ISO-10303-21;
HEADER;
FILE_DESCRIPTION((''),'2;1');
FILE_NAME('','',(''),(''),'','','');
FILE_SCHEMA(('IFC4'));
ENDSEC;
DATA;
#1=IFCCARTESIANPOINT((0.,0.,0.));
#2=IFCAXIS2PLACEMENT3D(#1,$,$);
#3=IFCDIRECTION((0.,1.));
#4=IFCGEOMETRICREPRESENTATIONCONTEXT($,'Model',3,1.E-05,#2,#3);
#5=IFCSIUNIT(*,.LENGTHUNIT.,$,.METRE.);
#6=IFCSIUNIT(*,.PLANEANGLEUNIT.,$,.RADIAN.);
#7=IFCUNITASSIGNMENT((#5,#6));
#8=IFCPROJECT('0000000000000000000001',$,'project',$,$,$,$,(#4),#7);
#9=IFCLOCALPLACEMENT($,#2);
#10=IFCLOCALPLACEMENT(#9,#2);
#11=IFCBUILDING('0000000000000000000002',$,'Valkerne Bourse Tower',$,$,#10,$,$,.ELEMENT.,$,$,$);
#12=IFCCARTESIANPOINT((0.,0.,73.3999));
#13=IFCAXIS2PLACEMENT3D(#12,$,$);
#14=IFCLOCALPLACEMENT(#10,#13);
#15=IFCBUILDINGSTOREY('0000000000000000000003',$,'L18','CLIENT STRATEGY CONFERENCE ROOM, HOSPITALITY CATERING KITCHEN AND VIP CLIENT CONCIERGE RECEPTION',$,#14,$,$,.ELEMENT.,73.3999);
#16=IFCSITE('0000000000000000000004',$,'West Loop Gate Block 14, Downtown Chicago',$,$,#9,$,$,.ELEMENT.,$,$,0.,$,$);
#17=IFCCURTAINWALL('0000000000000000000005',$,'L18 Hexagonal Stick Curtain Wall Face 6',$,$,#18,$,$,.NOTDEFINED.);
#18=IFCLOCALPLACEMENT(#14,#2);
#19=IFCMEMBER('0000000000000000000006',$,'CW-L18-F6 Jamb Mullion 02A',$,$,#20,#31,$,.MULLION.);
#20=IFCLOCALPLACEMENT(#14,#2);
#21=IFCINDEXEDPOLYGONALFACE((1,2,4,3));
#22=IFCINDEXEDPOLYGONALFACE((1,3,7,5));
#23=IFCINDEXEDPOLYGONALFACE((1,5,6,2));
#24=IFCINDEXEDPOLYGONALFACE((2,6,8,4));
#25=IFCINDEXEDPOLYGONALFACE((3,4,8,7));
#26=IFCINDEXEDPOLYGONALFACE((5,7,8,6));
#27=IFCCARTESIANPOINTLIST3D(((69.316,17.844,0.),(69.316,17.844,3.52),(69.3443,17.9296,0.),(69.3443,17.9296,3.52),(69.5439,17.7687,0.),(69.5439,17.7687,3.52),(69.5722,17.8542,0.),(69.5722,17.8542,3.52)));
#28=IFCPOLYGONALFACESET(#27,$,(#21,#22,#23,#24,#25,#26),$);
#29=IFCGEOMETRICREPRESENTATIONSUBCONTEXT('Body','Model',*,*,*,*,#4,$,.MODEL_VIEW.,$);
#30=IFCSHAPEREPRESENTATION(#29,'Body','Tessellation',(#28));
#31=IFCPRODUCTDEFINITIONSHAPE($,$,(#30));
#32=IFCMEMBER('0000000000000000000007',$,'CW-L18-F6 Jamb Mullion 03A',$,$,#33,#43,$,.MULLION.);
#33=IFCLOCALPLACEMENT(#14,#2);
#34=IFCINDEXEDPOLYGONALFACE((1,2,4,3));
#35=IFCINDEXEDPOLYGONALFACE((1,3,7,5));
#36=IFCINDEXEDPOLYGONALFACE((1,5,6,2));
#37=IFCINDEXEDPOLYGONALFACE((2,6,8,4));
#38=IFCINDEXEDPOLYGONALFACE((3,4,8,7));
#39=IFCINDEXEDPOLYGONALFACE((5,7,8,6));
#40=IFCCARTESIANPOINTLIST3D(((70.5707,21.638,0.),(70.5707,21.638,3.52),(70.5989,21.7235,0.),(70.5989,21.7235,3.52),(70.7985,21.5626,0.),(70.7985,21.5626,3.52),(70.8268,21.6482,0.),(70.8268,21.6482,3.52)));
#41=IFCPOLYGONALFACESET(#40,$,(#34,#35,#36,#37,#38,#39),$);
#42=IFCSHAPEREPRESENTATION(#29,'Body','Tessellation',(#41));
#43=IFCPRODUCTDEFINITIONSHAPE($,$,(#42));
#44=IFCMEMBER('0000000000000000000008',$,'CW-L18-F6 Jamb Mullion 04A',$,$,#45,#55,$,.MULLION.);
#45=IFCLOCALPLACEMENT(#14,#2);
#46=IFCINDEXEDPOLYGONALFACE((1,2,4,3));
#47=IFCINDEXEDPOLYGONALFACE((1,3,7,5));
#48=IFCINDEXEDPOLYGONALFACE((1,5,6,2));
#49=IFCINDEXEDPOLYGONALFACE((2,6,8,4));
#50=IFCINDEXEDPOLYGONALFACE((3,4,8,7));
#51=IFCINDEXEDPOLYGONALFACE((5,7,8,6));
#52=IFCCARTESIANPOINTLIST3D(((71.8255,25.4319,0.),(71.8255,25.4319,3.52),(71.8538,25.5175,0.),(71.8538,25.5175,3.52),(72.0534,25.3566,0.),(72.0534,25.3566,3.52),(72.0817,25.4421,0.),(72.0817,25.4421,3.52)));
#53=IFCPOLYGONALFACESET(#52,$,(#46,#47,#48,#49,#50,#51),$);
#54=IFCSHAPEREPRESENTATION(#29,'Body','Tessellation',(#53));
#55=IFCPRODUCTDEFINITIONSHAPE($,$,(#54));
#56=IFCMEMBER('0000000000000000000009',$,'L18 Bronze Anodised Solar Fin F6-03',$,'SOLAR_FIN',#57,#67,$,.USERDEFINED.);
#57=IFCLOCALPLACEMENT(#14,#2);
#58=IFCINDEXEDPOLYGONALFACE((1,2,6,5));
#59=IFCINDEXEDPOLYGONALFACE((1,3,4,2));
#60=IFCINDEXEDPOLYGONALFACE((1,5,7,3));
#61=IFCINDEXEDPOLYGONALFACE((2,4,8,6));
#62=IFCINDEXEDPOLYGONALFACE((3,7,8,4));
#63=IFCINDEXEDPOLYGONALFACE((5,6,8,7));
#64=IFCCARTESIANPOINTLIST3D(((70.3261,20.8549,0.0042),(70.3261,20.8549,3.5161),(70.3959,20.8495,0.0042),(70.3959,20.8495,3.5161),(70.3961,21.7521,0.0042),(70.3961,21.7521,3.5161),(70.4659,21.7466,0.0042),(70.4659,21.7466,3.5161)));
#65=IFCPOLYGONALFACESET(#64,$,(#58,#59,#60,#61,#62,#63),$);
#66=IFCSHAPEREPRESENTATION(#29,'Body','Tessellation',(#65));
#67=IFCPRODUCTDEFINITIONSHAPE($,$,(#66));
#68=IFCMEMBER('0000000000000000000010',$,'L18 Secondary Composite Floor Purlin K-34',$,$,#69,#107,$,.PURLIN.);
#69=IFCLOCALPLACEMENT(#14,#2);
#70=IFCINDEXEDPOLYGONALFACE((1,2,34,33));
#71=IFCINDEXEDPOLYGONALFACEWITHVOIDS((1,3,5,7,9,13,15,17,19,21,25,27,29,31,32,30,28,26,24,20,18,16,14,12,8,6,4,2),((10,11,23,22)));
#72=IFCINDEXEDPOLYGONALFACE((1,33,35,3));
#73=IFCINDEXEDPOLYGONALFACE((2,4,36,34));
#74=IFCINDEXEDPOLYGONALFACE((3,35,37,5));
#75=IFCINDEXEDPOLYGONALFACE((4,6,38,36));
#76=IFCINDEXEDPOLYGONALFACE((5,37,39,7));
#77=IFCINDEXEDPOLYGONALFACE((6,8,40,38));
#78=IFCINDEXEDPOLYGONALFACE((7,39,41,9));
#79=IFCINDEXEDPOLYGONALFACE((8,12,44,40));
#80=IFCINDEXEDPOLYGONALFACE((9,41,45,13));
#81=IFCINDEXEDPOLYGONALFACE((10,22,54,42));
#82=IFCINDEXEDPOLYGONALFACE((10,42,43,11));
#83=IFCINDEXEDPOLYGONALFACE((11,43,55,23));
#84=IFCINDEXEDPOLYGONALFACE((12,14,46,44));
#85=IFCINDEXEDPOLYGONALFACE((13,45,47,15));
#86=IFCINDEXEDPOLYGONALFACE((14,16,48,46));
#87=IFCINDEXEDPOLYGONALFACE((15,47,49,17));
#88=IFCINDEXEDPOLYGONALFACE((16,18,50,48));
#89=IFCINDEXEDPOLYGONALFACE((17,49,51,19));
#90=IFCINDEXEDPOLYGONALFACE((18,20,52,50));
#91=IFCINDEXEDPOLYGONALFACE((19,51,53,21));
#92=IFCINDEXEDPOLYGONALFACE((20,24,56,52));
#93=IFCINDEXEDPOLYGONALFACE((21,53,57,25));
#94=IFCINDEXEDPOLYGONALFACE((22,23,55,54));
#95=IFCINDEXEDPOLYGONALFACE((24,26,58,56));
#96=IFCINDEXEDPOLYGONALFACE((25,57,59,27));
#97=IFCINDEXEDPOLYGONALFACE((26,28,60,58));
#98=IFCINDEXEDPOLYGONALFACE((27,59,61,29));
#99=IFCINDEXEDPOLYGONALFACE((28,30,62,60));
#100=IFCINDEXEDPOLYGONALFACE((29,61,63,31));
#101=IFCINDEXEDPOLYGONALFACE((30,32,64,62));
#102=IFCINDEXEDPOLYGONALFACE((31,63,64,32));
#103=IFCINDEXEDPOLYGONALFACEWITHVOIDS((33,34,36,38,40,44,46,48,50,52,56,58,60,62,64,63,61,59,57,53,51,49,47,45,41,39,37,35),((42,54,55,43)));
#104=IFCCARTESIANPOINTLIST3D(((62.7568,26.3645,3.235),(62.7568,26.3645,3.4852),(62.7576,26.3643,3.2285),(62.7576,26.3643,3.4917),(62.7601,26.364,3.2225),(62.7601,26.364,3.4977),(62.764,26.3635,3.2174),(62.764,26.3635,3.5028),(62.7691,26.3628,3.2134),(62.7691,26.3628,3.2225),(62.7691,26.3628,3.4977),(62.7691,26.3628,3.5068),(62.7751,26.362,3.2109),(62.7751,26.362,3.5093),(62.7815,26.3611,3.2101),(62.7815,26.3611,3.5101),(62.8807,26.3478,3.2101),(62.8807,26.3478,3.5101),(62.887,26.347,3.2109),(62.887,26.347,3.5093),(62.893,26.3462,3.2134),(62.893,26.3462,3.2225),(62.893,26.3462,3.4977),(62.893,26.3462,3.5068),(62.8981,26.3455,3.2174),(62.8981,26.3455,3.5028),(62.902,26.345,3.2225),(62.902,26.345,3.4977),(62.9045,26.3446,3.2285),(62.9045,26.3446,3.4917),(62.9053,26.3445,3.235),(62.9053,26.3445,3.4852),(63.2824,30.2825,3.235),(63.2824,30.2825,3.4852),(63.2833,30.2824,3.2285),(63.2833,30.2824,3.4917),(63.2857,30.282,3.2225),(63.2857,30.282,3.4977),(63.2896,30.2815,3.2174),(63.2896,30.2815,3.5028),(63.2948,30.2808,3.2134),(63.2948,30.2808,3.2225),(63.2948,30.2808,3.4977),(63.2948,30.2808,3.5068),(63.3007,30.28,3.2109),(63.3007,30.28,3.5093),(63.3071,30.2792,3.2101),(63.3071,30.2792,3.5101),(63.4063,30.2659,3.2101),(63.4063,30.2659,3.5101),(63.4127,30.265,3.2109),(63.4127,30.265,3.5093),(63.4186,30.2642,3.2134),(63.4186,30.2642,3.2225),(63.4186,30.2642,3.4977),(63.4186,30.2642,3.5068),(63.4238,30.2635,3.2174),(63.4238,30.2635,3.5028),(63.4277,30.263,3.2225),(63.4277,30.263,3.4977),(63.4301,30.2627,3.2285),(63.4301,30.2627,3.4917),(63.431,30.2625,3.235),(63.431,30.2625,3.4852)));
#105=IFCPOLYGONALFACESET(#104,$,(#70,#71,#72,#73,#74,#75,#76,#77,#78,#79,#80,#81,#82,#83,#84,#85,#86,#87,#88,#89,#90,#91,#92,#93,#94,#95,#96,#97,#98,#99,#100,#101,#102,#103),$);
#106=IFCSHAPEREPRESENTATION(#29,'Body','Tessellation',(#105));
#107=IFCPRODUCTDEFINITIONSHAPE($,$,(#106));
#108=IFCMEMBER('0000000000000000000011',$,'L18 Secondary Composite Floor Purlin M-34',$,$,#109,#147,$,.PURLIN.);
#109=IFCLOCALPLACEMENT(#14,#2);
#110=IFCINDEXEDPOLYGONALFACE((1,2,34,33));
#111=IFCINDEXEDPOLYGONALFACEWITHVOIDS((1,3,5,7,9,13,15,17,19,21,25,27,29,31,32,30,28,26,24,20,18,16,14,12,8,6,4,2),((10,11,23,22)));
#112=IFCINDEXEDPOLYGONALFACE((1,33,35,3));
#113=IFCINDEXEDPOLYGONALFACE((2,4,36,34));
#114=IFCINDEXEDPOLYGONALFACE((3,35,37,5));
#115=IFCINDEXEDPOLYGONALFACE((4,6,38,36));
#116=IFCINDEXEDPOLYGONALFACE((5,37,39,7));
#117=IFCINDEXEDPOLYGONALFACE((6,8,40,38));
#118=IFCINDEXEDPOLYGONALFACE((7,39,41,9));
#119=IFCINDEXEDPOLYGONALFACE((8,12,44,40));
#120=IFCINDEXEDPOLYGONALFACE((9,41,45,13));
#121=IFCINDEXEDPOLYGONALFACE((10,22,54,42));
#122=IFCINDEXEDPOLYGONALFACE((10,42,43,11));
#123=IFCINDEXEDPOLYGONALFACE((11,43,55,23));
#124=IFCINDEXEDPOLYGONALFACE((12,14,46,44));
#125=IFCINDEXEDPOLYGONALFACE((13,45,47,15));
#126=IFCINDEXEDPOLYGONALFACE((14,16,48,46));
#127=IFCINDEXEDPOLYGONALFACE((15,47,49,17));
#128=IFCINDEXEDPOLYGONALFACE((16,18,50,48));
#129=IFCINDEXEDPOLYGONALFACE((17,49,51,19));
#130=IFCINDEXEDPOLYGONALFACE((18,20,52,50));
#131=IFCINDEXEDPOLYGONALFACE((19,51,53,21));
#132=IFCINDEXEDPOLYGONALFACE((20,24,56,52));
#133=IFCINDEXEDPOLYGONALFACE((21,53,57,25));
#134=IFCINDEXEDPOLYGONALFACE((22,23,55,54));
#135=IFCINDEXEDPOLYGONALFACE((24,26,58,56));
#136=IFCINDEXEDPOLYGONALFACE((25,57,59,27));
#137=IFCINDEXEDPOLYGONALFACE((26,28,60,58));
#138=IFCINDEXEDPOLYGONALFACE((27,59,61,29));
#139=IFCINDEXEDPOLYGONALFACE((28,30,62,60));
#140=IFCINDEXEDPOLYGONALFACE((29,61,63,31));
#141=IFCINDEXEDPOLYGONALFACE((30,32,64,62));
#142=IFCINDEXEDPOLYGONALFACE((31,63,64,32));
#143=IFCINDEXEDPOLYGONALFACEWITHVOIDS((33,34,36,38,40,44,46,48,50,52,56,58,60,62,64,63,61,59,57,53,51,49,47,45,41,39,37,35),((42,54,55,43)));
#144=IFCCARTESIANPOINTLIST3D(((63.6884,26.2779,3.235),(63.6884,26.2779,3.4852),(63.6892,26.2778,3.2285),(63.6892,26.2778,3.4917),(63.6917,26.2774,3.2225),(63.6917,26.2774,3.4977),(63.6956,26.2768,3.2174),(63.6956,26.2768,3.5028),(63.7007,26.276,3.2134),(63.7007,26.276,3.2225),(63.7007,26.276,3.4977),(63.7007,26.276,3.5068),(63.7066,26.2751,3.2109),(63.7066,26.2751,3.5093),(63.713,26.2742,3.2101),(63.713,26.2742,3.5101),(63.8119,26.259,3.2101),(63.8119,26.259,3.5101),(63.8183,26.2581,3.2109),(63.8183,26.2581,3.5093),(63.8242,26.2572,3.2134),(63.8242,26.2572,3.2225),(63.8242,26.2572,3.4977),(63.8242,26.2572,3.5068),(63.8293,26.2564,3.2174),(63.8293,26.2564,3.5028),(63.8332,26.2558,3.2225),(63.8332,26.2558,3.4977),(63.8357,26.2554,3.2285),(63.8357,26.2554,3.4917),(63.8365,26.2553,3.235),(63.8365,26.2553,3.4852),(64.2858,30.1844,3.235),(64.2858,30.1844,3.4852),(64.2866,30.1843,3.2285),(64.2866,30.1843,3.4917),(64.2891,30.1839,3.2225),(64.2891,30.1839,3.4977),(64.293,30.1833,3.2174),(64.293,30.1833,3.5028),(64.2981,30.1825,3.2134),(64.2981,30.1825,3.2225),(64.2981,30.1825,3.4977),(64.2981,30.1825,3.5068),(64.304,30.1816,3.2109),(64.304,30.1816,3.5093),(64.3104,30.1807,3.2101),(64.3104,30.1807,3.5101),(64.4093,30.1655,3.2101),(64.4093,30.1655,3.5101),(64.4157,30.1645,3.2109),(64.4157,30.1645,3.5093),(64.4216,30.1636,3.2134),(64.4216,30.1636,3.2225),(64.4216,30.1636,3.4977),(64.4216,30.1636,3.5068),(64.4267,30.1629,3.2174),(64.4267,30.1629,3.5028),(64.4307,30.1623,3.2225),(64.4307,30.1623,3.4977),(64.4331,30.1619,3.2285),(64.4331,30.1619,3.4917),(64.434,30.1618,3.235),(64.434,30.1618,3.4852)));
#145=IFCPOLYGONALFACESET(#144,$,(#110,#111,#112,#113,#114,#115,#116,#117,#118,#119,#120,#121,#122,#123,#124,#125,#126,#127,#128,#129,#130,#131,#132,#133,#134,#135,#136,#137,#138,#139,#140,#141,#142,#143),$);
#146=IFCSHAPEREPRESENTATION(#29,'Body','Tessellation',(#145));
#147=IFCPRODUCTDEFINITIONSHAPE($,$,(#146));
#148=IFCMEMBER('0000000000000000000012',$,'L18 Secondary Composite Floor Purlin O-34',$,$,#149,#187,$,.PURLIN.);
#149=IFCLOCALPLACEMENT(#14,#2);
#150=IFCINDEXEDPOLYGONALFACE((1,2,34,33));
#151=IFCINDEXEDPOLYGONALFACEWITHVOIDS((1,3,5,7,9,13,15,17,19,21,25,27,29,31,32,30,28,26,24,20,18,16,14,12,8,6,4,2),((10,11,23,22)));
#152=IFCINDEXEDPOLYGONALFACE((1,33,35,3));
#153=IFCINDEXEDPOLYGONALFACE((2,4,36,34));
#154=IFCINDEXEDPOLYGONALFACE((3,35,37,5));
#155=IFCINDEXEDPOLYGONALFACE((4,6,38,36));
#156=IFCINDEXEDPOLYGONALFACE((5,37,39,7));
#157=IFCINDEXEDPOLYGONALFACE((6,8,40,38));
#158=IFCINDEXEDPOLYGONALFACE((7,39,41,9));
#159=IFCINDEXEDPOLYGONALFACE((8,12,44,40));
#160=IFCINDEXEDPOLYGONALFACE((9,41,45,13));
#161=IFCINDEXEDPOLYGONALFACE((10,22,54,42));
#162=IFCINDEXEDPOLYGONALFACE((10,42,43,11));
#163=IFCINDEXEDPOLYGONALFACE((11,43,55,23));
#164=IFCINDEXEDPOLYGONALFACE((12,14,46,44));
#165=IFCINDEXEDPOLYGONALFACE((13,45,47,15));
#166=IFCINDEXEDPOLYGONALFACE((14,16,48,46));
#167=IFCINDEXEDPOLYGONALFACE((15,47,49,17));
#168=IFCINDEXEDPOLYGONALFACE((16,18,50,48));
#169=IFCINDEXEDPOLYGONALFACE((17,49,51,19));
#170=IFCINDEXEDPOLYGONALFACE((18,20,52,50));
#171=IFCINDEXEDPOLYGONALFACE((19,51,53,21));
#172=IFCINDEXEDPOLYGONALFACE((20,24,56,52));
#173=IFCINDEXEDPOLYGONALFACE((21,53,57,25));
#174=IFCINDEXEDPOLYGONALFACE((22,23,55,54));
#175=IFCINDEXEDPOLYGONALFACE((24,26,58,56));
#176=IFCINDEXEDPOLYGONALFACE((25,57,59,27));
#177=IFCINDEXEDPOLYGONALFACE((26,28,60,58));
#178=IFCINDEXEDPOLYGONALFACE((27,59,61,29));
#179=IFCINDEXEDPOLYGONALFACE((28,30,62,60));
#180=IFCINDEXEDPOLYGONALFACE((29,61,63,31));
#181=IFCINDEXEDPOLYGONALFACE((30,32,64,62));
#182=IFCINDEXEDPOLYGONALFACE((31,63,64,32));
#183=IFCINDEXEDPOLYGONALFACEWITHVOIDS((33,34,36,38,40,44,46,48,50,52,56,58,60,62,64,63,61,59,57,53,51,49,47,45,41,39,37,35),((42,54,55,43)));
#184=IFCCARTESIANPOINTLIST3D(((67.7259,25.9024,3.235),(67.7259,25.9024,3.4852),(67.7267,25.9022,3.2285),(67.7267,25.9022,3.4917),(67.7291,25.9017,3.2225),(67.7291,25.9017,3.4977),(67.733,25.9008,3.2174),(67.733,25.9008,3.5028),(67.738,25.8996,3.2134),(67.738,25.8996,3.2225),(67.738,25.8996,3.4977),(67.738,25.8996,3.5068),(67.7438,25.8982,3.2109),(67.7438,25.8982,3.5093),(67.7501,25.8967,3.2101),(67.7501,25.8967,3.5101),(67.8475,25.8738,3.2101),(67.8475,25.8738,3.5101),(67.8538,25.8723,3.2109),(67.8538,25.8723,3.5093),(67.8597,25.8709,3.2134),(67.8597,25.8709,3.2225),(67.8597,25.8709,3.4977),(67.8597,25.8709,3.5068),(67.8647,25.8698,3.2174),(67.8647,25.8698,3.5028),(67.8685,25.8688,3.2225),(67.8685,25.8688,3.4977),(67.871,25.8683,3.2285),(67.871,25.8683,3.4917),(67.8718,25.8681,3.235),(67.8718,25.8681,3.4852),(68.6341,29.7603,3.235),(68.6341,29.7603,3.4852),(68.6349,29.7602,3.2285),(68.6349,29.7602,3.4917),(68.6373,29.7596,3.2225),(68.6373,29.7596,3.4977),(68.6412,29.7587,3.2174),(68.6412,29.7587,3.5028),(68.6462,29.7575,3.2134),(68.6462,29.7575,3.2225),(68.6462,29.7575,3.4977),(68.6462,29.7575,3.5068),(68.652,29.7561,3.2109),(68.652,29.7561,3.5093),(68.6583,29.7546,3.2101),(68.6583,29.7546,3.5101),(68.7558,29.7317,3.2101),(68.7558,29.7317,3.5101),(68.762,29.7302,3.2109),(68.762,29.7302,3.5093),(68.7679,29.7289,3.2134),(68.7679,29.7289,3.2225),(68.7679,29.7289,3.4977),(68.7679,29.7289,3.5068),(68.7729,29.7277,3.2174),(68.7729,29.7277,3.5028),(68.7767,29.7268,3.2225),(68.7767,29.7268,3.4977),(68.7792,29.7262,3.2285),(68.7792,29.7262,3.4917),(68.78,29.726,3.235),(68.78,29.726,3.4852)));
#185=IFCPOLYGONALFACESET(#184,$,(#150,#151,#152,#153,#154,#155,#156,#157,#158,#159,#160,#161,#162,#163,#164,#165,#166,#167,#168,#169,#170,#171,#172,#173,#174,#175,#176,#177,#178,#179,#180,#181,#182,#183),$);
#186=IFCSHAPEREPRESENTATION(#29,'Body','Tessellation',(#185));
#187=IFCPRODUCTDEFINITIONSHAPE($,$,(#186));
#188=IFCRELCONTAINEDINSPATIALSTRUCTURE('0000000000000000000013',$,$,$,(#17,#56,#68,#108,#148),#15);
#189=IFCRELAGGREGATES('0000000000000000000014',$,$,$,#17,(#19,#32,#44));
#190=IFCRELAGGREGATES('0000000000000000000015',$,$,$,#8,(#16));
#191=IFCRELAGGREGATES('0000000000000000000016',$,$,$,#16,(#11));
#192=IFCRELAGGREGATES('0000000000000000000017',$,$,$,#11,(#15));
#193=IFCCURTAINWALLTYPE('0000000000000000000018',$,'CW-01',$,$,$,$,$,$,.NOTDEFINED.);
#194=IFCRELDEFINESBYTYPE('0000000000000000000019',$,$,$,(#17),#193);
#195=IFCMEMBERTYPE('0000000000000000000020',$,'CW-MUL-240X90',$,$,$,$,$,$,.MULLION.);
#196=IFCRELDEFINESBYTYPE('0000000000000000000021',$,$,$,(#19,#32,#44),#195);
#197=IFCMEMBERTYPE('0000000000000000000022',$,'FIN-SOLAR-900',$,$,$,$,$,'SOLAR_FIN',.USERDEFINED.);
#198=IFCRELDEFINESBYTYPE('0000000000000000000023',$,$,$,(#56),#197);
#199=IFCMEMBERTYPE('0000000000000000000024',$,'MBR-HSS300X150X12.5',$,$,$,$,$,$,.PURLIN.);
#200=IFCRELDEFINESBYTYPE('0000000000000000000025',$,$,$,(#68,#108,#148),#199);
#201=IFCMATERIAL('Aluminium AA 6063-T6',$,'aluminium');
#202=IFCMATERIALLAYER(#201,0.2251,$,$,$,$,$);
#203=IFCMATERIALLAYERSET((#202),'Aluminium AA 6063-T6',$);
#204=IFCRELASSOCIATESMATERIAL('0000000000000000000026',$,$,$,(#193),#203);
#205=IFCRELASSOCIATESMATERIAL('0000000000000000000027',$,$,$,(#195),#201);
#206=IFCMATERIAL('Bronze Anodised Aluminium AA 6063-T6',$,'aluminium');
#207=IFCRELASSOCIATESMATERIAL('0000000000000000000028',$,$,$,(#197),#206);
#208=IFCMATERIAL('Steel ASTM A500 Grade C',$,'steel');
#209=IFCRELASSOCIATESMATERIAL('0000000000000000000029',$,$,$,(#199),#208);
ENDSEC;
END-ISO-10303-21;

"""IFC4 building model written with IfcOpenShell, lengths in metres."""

from ifc_helpers import new_model, si_unit, direction, frame, origin, origin_2d, place, context, subcontext, project, spatial, rectangle, hollow_rectangle, extrude, material, layer, layer_set, material_profile, profile_set, type_object, element, aggregate, save


model = new_model("IFC4")

# Units and contexts
model_context = context("Model", 3, precision=1e-05, world=origin(), true_north=direction((0.0, 1.0)))
body_context = subcontext(model_context, "Body", "Model", "MODEL_VIEW")
ifc_project = project(units=[si_unit("LENGTHUNIT", "METRE"), si_unit("PLANEANGLEUNIT", "RADIAN")], contexts=[model_context])

# Site, building, storey
site_placement = place(None, origin())
site = spatial("IfcSite", under=ifc_project, at=site_placement, Name="West Loop Gate Block 14, Downtown Chicago", CompositionType="ELEMENT", RefElevation=0.0)
building_placement = place(site_placement, origin())
building = spatial("IfcBuilding", under=site, at=building_placement, Name="Valkerne Bourse Tower", CompositionType="ELEMENT")
storey_placement = place(building_placement, frame((0.0, 0.0, 73.3999)))
storey = spatial("IfcBuildingStorey", under=building, at=storey_placement, Name="L18", Description="CLIENT STRATEGY CONFERENCE ROOM, HOSPITALITY CATERING KITCHEN AND VIP CLIENT CONCIERGE RECEPTION", CompositionType="ELEMENT", Elevation=73.3999)

# Curtain wall, members
ifc_material_1 = material(Name="Aluminium AA 6063-T6", Category="aluminium")
ifc_layer_1 = layer(ifc_material_1, 0.2251)
ifc_layer_set_1 = layer_set([ifc_layer_1], Name="Aluminium AA 6063-T6")
curtain_wall_type = type_object("IfcCurtainWallType", Name="CW-01", PredefinedType="NOTDEFINED", material=ifc_layer_set_1)
curtain_wall_placement = place(storey_placement, origin())
curtain_wall = element("IfcCurtainWall", 1, at=curtain_wall_placement, inside=storey, type_object=curtain_wall_type, Name="L18 Hexagonal Stick Curtain Wall Face 6", PredefinedType="NOTDEFINED")
ifc_material_profile_1 = material_profile(ifc_material_1, rectangle(XDim=0.0901, YDim=0.24, at=origin_2d()), Name="CWM-90X240")
ifc_profile_set_1 = profile_set([ifc_material_profile_1], Name="Aluminium AA 6063-T6")
member_type_1 = type_object("IfcMemberType", Name="CW-MUL-240X90", PredefinedType="MULLION", material=ifc_profile_set_1)
member_1_placement = place(storey_placement, frame((69.4441, 17.8491, 0.0), z_axis=(0.0, 0.0, 1.0), x_axis=(0.31399, 0.949426, 0.0)))
member_1 = element("IfcMember", 2, at=member_1_placement, type_object=member_type_1, Name="CW-L18-F6 Jamb Mullion 02A", PredefinedType="MULLION", context=body_context, shape_type="SweptSolid", body=[
    extrude(rectangle(XDim=0.0901, YDim=0.24, at=origin_2d()), origin(), (0.0, 0.0, 1.0), 3.52),
])
member_2_placement = place(storey_placement, frame((70.6987, 21.6431, 0.0), z_axis=(0.0, 0.0, 1.0), x_axis=(0.314012, 0.949419, 0.0)))
member_2 = element("IfcMember", 3, at=member_2_placement, type_object=member_type_1, Name="CW-L18-F6 Jamb Mullion 03A", PredefinedType="MULLION", context=body_context, shape_type="SweptSolid", body=[
    extrude(rectangle(XDim=0.0901, YDim=0.24, at=origin_2d()), origin(), (0.0, 0.0, 1.0), 3.52),
])
member_3_placement = place(storey_placement, frame((71.9536, 25.437, 0.0), z_axis=(0.0, 0.0, 1.0), x_axis=(0.31399, 0.949426, 0.0)))
member_3 = element("IfcMember", 4, at=member_3_placement, type_object=member_type_1, Name="CW-L18-F6 Jamb Mullion 04A", PredefinedType="MULLION", context=body_context, shape_type="SweptSolid", body=[
    extrude(rectangle(XDim=0.0901, YDim=0.24, at=origin_2d()), origin(), (0.0, 0.0, 1.0), 3.52),
])

# Members
ifc_material_2 = material(Name="Bronze Anodised Aluminium AA 6063-T6", Category="aluminium")
ifc_material_profile_2 = material_profile(ifc_material_2, rectangle(XDim=0.0701, YDim=0.8999, at=origin_2d()), Name="FIN-70X900")
ifc_profile_set_2 = profile_set([ifc_material_profile_2], Name="Bronze Anodised Aluminium AA 6063-T6")
member_type_2 = type_object("IfcMemberType", Name="FIN-SOLAR-900", ElementType="SOLAR_FIN", PredefinedType="USERDEFINED", material=ifc_profile_set_2)
member_4_placement = place(storey_placement, frame((70.396, 21.3008, 0.0042), z_axis=(0.0, 0.0, 1.0), x_axis=(0.996969, -0.077802, 0.0)))
element("IfcMember", 5, at=member_4_placement, inside=storey, type_object=member_type_2, Name="L18 Bronze Anodised Solar Fin F6-03", ObjectType="SOLAR_FIN", PredefinedType="USERDEFINED", context=body_context, shape_type="SweptSolid", body=[
    extrude(rectangle(XDim=0.0701, YDim=0.8999, at=origin_2d()), origin(), (0.0, 0.0, 1.0), 3.512),
])
ifc_material_3 = material(Name="Steel ASTM A500 Grade C", Category="steel")
ifc_material_profile_3 = material_profile(ifc_material_3, hollow_rectangle(XDim=0.1499, YDim=0.3, WallThickness=0.0125, OuterFilletRadius=0.0249, at=origin_2d()), Name="HSS300X150X12.5")
ifc_profile_set_3 = profile_set([ifc_material_profile_3], Name="Steel ASTM A500 Grade C")
member_type_3 = type_object("IfcMemberType", Name="MBR-HSS300X150X12.5", PredefinedType="PURLIN", material=ifc_profile_set_3)
member_5_placement = place(storey_placement, frame((62.8311, 26.3545, 3.3601), z_axis=(0.132969, 0.99112, 0.0), x_axis=(-0.99112, 0.132969, 0.0)))
element("IfcMember", 6, at=member_5_placement, inside=storey, type_object=member_type_3, Name="L18 Secondary Composite Floor Purlin K-34", PredefinedType="PURLIN", context=body_context, shape_type="SweptSolid", body=[
    extrude(hollow_rectangle(XDim=0.1499, YDim=0.3, WallThickness=0.0125, OuterFilletRadius=0.0249, at=origin_2d()), origin(), (0.0, 0.0, 1.0), 3.9531),
])
member_6_placement = place(storey_placement, frame((63.7625, 26.2666, 3.3601), z_axis=(0.15117, 0.988508, 0.0), x_axis=(-0.988508, 0.15117, 0.0)))
element("IfcMember", 7, at=member_6_placement, inside=storey, type_object=member_type_3, Name="L18 Secondary Composite Floor Purlin M-34", PredefinedType="PURLIN", context=body_context, shape_type="SweptSolid", body=[
    extrude(hollow_rectangle(XDim=0.1499, YDim=0.3, WallThickness=0.0125, OuterFilletRadius=0.0249, at=origin_2d()), origin(), (0.0, 0.0, 1.0), 3.9519),
])
member_7_placement = place(storey_placement, frame((67.7988, 25.8853, 3.3601), z_axis=(0.229149, 0.973391, 0.0), x_axis=(-0.973391, 0.229149, 0.0)))
element("IfcMember", 8, at=member_7_placement, inside=storey, type_object=member_type_3, Name="L18 Secondary Composite Floor Purlin O-34", PredefinedType="PURLIN", context=body_context, shape_type="SweptSolid", body=[
    extrude(hollow_rectangle(XDim=0.1499, YDim=0.3, WallThickness=0.0125, OuterFilletRadius=0.0249, at=origin_2d()), origin(), (0.0, 0.0, 1.0), 3.9634),
])

aggregate(curtain_wall, [member_1, member_2, member_3])

save(model, "model.ifc")
